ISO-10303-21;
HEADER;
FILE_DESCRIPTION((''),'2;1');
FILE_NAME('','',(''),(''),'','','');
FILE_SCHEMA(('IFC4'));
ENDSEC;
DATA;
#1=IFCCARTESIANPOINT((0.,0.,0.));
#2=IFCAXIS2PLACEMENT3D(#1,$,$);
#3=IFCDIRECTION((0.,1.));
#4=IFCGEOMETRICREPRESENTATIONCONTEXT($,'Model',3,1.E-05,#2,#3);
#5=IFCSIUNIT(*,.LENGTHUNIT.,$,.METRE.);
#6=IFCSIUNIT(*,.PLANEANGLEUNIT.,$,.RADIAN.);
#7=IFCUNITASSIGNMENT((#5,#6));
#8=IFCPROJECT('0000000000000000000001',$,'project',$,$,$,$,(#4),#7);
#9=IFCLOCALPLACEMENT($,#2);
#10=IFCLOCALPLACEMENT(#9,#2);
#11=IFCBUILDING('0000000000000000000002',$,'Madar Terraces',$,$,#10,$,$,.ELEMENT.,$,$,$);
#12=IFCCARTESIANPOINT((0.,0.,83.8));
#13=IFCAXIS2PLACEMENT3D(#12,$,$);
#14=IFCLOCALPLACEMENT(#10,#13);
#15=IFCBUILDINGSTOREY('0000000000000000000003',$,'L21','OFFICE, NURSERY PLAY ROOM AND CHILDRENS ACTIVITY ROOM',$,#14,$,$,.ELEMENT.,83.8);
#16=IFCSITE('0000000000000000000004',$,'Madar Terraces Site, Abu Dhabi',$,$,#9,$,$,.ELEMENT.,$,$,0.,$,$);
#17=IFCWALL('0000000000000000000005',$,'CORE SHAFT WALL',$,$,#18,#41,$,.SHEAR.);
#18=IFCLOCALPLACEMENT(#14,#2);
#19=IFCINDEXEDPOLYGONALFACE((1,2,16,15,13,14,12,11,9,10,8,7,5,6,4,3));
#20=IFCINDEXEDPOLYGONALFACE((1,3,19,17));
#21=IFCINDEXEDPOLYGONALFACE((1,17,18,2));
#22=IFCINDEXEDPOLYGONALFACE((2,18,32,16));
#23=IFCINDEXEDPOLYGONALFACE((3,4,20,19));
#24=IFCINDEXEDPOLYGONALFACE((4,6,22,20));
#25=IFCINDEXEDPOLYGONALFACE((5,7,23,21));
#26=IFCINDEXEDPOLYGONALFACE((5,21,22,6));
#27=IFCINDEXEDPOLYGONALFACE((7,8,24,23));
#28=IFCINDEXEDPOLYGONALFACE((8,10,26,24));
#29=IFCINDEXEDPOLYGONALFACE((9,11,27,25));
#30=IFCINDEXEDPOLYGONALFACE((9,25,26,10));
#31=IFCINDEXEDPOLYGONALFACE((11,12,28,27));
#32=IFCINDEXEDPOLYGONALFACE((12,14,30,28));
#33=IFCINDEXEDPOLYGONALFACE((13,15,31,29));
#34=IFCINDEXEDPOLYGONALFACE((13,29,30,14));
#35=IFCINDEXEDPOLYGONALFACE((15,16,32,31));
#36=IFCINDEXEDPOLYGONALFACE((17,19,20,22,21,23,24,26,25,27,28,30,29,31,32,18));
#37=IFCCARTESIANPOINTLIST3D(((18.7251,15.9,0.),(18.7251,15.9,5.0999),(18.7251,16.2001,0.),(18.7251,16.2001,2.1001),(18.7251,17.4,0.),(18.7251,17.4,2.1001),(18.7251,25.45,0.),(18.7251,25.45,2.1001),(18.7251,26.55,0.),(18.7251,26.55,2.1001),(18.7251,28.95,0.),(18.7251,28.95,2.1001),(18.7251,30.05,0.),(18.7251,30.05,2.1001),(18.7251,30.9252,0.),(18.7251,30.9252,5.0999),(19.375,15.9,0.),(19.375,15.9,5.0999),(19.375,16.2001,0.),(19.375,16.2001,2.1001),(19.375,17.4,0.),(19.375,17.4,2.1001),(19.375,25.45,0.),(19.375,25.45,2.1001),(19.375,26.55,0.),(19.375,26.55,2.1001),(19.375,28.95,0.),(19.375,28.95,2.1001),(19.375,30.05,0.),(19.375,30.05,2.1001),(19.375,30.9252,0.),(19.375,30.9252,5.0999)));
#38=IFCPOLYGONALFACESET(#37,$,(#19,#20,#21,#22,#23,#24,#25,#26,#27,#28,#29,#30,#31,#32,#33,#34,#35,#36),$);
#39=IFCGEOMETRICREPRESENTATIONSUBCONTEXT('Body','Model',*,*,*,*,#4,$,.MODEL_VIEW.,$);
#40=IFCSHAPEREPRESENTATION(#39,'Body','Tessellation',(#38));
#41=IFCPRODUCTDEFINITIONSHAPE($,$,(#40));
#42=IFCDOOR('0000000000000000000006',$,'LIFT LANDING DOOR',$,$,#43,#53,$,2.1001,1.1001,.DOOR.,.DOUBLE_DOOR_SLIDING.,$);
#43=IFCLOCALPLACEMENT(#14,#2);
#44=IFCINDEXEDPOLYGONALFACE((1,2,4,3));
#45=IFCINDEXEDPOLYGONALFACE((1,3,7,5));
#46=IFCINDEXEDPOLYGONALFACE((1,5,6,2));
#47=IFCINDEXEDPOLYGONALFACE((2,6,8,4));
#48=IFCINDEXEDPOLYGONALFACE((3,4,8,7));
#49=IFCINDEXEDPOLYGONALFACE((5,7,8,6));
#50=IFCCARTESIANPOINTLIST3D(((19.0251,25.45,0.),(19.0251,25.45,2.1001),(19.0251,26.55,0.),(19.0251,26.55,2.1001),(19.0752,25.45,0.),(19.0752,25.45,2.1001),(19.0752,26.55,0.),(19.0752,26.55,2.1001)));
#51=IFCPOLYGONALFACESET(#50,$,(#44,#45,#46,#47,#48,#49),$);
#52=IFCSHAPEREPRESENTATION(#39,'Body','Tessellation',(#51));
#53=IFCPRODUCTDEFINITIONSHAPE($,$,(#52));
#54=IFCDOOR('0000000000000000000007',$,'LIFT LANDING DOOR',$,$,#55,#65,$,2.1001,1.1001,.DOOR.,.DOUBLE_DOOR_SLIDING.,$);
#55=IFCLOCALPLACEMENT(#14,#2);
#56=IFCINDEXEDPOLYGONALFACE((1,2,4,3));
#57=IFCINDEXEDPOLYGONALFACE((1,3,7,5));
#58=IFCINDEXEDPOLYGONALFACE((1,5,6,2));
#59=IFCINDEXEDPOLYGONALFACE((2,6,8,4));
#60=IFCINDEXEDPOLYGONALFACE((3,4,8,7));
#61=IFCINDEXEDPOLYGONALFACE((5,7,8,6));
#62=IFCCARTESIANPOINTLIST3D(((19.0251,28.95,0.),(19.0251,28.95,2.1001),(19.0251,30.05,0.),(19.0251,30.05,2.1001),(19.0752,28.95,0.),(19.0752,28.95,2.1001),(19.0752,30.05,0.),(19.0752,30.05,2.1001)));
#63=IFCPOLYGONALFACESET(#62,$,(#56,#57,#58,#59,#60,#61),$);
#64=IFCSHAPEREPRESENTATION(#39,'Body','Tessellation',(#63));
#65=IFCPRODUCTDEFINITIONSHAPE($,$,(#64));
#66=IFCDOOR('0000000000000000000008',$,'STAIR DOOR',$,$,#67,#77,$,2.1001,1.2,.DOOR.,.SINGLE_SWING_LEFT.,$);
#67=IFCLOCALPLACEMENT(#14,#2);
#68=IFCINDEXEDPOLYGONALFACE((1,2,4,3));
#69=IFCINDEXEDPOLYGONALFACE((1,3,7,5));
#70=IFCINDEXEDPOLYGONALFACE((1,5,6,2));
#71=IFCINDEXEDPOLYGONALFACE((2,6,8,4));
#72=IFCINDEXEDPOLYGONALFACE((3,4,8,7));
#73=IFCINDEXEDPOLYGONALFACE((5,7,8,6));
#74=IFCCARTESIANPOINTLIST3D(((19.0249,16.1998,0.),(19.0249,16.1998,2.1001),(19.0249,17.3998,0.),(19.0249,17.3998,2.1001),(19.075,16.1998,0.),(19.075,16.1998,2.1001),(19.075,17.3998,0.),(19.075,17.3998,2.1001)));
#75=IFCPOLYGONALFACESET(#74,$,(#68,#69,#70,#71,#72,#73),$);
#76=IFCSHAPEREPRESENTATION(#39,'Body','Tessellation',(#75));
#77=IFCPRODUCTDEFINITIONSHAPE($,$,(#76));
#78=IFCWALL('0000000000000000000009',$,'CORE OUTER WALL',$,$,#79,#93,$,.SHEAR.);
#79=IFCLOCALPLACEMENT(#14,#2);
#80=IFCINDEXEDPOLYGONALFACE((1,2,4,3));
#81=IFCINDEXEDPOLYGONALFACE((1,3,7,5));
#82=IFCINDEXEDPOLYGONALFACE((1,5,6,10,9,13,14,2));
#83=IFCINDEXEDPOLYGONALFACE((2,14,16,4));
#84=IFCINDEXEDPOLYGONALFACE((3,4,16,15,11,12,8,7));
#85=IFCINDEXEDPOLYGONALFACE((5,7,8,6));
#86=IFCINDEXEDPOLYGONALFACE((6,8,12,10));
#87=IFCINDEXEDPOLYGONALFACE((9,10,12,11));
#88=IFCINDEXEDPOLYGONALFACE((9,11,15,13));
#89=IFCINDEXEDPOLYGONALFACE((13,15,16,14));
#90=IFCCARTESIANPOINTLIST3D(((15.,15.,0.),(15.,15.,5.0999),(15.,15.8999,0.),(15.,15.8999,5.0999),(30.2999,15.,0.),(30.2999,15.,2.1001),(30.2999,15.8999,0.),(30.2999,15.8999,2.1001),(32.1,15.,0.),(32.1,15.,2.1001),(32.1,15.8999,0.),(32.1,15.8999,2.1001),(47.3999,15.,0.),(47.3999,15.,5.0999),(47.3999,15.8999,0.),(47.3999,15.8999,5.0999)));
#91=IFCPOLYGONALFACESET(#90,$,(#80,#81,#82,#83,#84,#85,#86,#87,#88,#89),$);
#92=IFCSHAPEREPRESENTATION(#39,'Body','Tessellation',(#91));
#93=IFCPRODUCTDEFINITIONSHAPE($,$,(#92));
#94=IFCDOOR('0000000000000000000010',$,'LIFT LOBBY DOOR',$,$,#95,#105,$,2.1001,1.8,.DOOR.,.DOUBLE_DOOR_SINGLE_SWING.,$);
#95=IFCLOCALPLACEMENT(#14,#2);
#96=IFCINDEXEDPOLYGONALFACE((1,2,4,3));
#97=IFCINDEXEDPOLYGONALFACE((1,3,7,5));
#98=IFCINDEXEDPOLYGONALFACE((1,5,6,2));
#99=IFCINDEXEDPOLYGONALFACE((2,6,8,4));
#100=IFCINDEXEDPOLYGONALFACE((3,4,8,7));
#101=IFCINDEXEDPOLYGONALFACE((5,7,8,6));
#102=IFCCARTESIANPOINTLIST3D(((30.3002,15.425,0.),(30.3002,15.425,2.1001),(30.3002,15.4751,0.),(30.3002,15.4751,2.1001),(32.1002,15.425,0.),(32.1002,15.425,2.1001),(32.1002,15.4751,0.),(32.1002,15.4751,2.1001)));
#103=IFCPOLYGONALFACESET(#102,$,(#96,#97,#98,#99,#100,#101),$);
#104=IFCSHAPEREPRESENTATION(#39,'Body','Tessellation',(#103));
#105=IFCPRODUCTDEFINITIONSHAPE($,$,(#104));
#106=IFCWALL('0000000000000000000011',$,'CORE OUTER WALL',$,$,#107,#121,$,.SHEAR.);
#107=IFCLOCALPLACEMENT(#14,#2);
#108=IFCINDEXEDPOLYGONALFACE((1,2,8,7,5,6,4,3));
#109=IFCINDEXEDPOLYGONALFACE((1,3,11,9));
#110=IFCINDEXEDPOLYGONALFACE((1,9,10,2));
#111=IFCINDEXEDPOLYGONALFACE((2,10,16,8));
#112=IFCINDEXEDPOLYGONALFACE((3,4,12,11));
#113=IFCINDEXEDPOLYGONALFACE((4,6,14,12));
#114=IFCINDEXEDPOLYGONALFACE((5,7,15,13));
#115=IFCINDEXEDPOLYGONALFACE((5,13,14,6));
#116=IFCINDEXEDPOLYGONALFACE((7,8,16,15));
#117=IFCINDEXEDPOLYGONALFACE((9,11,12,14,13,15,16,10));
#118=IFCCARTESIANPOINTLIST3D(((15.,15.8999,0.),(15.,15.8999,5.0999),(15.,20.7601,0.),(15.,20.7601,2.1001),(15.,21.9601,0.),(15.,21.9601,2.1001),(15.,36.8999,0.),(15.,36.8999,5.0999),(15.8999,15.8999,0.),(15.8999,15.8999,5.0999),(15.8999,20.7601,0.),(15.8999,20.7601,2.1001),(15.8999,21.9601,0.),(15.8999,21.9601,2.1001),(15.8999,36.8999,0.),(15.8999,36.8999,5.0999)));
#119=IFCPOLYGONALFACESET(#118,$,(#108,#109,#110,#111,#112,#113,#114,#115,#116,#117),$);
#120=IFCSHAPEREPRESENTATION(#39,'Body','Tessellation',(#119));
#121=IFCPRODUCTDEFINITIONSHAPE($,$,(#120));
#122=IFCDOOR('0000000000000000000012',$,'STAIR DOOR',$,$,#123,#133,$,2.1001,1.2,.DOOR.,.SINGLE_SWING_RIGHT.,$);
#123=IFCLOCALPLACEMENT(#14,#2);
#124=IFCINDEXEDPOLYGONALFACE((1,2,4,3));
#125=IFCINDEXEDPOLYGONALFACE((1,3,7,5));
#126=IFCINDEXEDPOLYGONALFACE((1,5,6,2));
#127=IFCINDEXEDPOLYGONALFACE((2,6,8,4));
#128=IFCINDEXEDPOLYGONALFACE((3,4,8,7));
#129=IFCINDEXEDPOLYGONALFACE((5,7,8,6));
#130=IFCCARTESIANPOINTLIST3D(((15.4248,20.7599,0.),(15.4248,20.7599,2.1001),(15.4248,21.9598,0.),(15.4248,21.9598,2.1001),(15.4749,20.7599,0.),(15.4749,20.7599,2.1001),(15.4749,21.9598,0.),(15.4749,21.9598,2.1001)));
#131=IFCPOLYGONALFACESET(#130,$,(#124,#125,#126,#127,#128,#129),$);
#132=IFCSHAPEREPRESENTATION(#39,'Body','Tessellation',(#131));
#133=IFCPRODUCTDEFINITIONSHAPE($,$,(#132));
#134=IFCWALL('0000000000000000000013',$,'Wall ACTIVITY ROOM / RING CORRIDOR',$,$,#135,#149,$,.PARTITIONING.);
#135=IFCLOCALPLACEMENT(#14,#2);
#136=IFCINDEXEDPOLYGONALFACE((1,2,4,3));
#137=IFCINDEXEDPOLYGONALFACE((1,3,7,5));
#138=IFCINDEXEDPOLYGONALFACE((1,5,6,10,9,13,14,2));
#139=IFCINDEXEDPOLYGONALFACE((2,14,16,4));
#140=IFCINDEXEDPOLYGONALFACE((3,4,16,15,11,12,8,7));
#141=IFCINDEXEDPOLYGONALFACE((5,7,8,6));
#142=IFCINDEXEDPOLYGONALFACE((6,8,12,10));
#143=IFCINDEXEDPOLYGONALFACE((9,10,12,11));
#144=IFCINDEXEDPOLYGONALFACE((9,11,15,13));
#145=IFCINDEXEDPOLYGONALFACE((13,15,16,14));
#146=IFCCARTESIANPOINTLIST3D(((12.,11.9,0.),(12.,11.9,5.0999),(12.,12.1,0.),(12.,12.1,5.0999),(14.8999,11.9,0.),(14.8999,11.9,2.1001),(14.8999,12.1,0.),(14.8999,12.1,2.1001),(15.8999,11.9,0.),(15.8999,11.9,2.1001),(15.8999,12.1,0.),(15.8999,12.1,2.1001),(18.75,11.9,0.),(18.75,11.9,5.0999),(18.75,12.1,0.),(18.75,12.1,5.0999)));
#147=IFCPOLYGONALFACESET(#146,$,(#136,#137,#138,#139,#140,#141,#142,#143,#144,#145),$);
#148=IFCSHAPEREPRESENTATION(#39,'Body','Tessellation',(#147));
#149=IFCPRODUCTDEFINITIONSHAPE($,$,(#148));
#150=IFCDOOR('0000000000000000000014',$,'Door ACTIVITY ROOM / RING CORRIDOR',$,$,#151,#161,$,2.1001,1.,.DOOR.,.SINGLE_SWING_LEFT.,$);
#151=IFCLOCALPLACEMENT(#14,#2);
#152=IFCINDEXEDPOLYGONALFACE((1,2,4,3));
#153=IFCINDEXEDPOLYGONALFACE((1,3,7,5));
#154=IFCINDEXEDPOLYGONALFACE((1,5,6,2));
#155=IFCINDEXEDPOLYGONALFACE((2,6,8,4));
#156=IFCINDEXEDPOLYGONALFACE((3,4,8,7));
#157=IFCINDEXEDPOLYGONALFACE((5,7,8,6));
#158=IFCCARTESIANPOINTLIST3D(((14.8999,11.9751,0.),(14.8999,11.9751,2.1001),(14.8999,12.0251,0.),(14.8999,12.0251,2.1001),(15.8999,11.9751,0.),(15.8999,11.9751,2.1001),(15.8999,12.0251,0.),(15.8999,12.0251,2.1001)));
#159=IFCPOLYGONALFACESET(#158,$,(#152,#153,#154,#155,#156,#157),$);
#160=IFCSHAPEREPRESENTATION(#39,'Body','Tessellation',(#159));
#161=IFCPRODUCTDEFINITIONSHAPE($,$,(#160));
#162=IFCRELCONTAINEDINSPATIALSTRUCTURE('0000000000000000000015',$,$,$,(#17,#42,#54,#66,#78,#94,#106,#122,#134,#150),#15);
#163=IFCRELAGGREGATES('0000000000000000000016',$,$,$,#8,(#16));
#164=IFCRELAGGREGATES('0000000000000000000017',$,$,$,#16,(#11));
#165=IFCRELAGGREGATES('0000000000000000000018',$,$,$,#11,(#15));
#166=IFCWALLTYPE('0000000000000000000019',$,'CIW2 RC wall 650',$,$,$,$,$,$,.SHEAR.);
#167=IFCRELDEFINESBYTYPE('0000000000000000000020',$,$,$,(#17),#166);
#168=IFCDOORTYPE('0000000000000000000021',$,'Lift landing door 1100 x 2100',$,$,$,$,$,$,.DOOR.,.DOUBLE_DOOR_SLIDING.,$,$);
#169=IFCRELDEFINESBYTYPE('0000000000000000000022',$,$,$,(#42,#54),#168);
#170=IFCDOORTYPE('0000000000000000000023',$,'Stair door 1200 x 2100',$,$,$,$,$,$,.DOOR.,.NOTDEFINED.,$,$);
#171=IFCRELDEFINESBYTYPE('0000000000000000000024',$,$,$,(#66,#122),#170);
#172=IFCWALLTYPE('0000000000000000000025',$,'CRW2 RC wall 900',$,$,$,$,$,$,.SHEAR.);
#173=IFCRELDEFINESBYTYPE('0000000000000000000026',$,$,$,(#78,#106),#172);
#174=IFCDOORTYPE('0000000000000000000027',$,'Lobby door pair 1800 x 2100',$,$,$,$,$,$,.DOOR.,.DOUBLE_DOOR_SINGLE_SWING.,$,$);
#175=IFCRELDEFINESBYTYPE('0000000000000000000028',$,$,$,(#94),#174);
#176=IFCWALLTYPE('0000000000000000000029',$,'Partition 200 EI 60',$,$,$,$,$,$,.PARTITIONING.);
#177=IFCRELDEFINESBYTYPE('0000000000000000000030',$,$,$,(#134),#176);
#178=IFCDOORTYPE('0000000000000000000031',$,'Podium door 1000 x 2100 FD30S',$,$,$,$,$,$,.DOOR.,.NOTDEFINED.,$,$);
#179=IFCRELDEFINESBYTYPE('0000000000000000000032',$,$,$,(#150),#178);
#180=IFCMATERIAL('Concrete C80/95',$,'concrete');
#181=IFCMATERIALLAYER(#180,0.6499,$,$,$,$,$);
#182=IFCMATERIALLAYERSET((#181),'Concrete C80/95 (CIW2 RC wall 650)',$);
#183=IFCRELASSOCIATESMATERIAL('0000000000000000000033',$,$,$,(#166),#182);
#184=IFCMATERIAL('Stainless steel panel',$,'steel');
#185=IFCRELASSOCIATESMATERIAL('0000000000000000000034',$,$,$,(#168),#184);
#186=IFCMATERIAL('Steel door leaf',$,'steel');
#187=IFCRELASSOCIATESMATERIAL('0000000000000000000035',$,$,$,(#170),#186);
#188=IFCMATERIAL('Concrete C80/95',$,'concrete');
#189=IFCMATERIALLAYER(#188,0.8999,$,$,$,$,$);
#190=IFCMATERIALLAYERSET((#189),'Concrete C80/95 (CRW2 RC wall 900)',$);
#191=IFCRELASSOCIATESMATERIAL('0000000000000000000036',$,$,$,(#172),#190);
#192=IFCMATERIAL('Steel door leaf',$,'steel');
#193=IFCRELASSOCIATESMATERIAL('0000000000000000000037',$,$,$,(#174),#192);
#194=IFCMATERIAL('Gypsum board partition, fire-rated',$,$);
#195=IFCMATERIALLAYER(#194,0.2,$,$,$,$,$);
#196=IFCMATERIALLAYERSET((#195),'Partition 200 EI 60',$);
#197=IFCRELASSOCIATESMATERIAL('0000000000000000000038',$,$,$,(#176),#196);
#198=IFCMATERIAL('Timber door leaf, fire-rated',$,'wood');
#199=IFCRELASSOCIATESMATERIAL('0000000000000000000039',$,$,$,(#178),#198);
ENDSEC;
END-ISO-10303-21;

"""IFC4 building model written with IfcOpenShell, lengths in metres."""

from ifc_helpers import new_model, si_unit, direction, frame, frame_2d, origin, place, context, subcontext, project, spatial, rectangle, extrude, material, layer, layer_set, type_object, element, fill, save


model = new_model("IFC4")

# Units and contexts
model_context = context("Model", 3, precision=1e-05, world=origin(), true_north=direction((0.0, 1.0)))
body_context = subcontext(model_context, "Body", "Model", "MODEL_VIEW")
ifc_project = project(units=[si_unit("LENGTHUNIT", "METRE"), si_unit("PLANEANGLEUNIT", "RADIAN")], contexts=[model_context])

# Site, building, storey
site_placement = place(None, origin())
site = spatial("IfcSite", under=ifc_project, at=site_placement, Name="Madar Terraces Site, Abu Dhabi", CompositionType="ELEMENT", RefElevation=0.0)
building_placement = place(site_placement, origin())
building = spatial("IfcBuilding", under=site, at=building_placement, Name="Madar Terraces", CompositionType="ELEMENT")
storey_placement = place(building_placement, frame((0.0, 0.0, 83.8)))
storey = spatial("IfcBuildingStorey", under=building, at=storey_placement, Name="L21", Description="OFFICE, NURSERY PLAY ROOM AND CHILDRENS ACTIVITY ROOM", CompositionType="ELEMENT", Elevation=83.8)

# Wall, openings, doors
ifc_material_1 = material(Name="Concrete C80/95", Category="concrete")
ifc_layer_1 = layer(ifc_material_1, 0.6499)
ifc_layer_set_1 = layer_set([ifc_layer_1], Name="Concrete C80/95 (CIW2 RC wall 650)")
wall_type_1 = type_object("IfcWallType", Name="CIW2 RC wall 650", PredefinedType="SHEAR", material=ifc_layer_set_1)
wall_1_placement = place(storey_placement, frame((19.05, 15.8999, 0.0), z_axis=(0.0, 0.0, 1.0), x_axis=(0.0, 1.0, 0.0)))
wall_1 = element("IfcWall", 1, at=wall_1_placement, inside=storey, type_object=wall_type_1, Name="CORE SHAFT WALL", PredefinedType="SHEAR", context=body_context, shape_type="SweptSolid", body=[
    extrude(rectangle(XDim=15.0251, YDim=0.6499, at=frame_2d((7.5127, 0.0))), origin(), (0.0, 0.0, 1.0), 5.0999),
])
opening_1_placement = place(wall_1_placement, frame((9.55, 0.0, 0.0)))
opening_1 = element("IfcOpeningElement", 2, at=opening_1_placement, cuts=wall_1, PredefinedType="OPENING", context=body_context, shape_type="SweptSolid", body=[
    extrude(rectangle(XDim=1.1001, YDim=2.1001, at=frame_2d((0.55, 1.05))), frame((0.0, 0.335, 0.0), z_axis=(0.0, -1.0, 0.0), x_axis=(1.0, 0.0, 0.0)), (0.0, 0.0, 1.0), 0.6699),
])
opening_2_placement = place(wall_1_placement, frame((13.05, 0.0, 0.0)))
opening_2 = element("IfcOpeningElement", 3, at=opening_2_placement, cuts=wall_1, PredefinedType="OPENING", context=body_context, shape_type="SweptSolid", body=[
    extrude(rectangle(XDim=1.1001, YDim=2.1001, at=frame_2d((0.55, 1.05))), frame((0.0, 0.335, 0.0), z_axis=(0.0, -1.0, 0.0), x_axis=(1.0, 0.0, 0.0)), (0.0, 0.0, 1.0), 0.6699),
])
opening_3_placement = place(wall_1_placement, frame((0.3, 0.0, 0.0)))
opening_3 = element("IfcOpeningElement", 4, at=opening_3_placement, cuts=wall_1, PredefinedType="OPENING", context=body_context, shape_type="SweptSolid", body=[
    extrude(rectangle(XDim=1.2, YDim=2.1001, at=frame_2d((0.6001, 1.05))), frame((0.0, 0.335, 0.0), z_axis=(0.0, -1.0, 0.0), x_axis=(1.0, 0.0, 0.0)), (0.0, 0.0, 1.0), 0.6699),
])
ifc_material_2 = material(Name="Stainless steel panel", Category="steel")
door_type_1 = type_object("IfcDoorType", Name="Lift landing door 1100 x 2100", OperationType="DOUBLE_DOOR_SLIDING", PredefinedType="DOOR", material=ifc_material_2)
door_1_placement = place(opening_1_placement, origin())
door_1 = element("IfcDoor", 5, at=door_1_placement, inside=storey, type_object=door_type_1, Name="LIFT LANDING DOOR", OperationType="DOUBLE_DOOR_SLIDING", OverallHeight=2.1001, OverallWidth=1.1001, PredefinedType="DOOR", context=body_context, shape_type="SweptSolid", body=[
    extrude(rectangle(XDim=1.1001, YDim=2.1001, at=frame_2d((0.55, 1.05))), frame((0.0, 0.0249, 0.0), z_axis=(0.0, -1.0, 0.0), x_axis=(1.0, 0.0, 0.0)), (0.0, 0.0, 1.0), 0.05),
])
fill(opening_1, door_1)
door_2_placement = place(opening_2_placement, origin())
door_2 = element("IfcDoor", 6, at=door_2_placement, inside=storey, type_object=door_type_1, Name="LIFT LANDING DOOR", OperationType="DOUBLE_DOOR_SLIDING", OverallHeight=2.1001, OverallWidth=1.1001, PredefinedType="DOOR", context=body_context, shape_type="SweptSolid", body=[
    extrude(rectangle(XDim=1.1001, YDim=2.1001, at=frame_2d((0.55, 1.05))), frame((0.0, 0.0249, 0.0), z_axis=(0.0, -1.0, 0.0), x_axis=(1.0, 0.0, 0.0)), (0.0, 0.0, 1.0), 0.05),
])
fill(opening_2, door_2)
ifc_material_3 = material(Name="Steel door leaf", Category="steel")
door_type_2 = type_object("IfcDoorType", Name="Stair door 1200 x 2100", OperationType="NOTDEFINED", PredefinedType="DOOR", material=ifc_material_3)
door_3_placement = place(opening_3_placement, frame((1.2, 0.0, 0.0), z_axis=(0.0, 0.0, 1.0), x_axis=(-1.0, 0.0, 0.0)))
door_3 = element("IfcDoor", 7, at=door_3_placement, inside=storey, type_object=door_type_2, Name="STAIR DOOR", OperationType="SINGLE_SWING_LEFT", OverallHeight=2.1001, OverallWidth=1.2, PredefinedType="DOOR", context=body_context, shape_type="SweptSolid", body=[
    extrude(rectangle(XDim=1.2, YDim=2.1001, at=frame_2d((0.6001, 1.05))), frame((0.0, 0.0249, 0.0), z_axis=(0.0, -1.0, 0.0), x_axis=(1.0, 0.0, 0.0)), (0.0, 0.0, 1.0), 0.05),
])
fill(opening_3, door_3)

# Walls, openings, doors
ifc_material_4 = material(Name="Concrete C80/95", Category="concrete")
ifc_layer_2 = layer(ifc_material_4, 0.8999)
ifc_layer_set_2 = layer_set([ifc_layer_2], Name="Concrete C80/95 (CRW2 RC wall 900)")
wall_type_2 = type_object("IfcWallType", Name="CRW2 RC wall 900", PredefinedType="SHEAR", material=ifc_layer_set_2)
wall_2_placement = place(storey_placement, frame((15.0, 15.45, 0.0), z_axis=(0.0, 0.0, 1.0), x_axis=(1.0, 0.0, 0.0)))
wall_2 = element("IfcWall", 8, at=wall_2_placement, inside=storey, type_object=wall_type_2, Name="CORE OUTER WALL", PredefinedType="SHEAR", context=body_context, shape_type="SweptSolid", body=[
    extrude(rectangle(XDim=32.3999, YDim=0.8999, at=frame_2d((16.2, 0.0))), origin(), (0.0, 0.0, 1.0), 5.0999),
])
opening_4_placement = place(wall_2_placement, frame((15.3, 0.0, 0.0)))
opening_4 = element("IfcOpeningElement", 9, at=opening_4_placement, cuts=wall_2, PredefinedType="OPENING", context=body_context, shape_type="SweptSolid", body=[
    extrude(rectangle(XDim=1.8, YDim=2.1001, at=frame_2d((0.8999, 1.05))), frame((0.0, 0.46, 0.0), z_axis=(0.0, -1.0, 0.0), x_axis=(1.0, 0.0, 0.0)), (0.0, 0.0, 1.0), 0.9199),
])
ifc_material_5 = material(Name="Steel door leaf", Category="steel")
door_type_3 = type_object("IfcDoorType", Name="Lobby door pair 1800 x 2100", OperationType="DOUBLE_DOOR_SINGLE_SWING", PredefinedType="DOOR", material=ifc_material_5)
door_4_placement = place(opening_4_placement, frame((1.8, 0.0, 0.0), z_axis=(0.0, 0.0, 1.0), x_axis=(-1.0, 0.0, 0.0)))
door_4 = element("IfcDoor", 10, at=door_4_placement, inside=storey, type_object=door_type_3, Name="LIFT LOBBY DOOR", OperationType="DOUBLE_DOOR_SINGLE_SWING", OverallHeight=2.1001, OverallWidth=1.8, PredefinedType="DOOR", context=body_context, shape_type="SweptSolid", body=[
    extrude(rectangle(XDim=1.8, YDim=2.1001, at=frame_2d((0.8999, 1.05))), frame((0.0, 0.0249, 0.0), z_axis=(0.0, -1.0, 0.0), x_axis=(1.0, 0.0, 0.0)), (0.0, 0.0, 1.0), 0.05),
])
fill(opening_4, door_4)
wall_3_placement = place(storey_placement, frame((15.45, 15.8999, 0.0), z_axis=(0.0, 0.0, 1.0), x_axis=(0.0, 1.0, 0.0)))
wall_3 = element("IfcWall", 11, at=wall_3_placement, inside=storey, type_object=wall_type_2, Name="CORE OUTER WALL", PredefinedType="SHEAR", context=body_context, shape_type="SweptSolid", body=[
    extrude(rectangle(XDim=21.0, YDim=0.8999, at=frame_2d((10.5, 0.0))), origin(), (0.0, 0.0, 1.0), 5.0999),
])
opening_5_placement = place(wall_3_placement, frame((4.8601, 0.0, 0.0)))
opening_5 = element("IfcOpeningElement", 12, at=opening_5_placement, cuts=wall_3, PredefinedType="OPENING", context=body_context, shape_type="SweptSolid", body=[
    extrude(rectangle(XDim=1.2, YDim=2.1001, at=frame_2d((0.6001, 1.05))), frame((0.0, 0.46, 0.0), z_axis=(0.0, -1.0, 0.0), x_axis=(1.0, 0.0, 0.0)), (0.0, 0.0, 1.0), 0.9199),
])
door_5_placement = place(opening_5_placement, frame((1.2, 0.0, 0.0), z_axis=(0.0, 0.0, 1.0), x_axis=(-1.0, 0.0, 0.0)))
door_5 = element("IfcDoor", 13, at=door_5_placement, inside=storey, type_object=door_type_2, Name="STAIR DOOR", OperationType="SINGLE_SWING_RIGHT", OverallHeight=2.1001, OverallWidth=1.2, PredefinedType="DOOR", context=body_context, shape_type="SweptSolid", body=[
    extrude(rectangle(XDim=1.2, YDim=2.1001, at=frame_2d((0.6001, 1.05))), frame((0.0, 0.0249, 0.0), z_axis=(0.0, -1.0, 0.0), x_axis=(1.0, 0.0, 0.0)), (0.0, 0.0, 1.0), 0.05),
])
fill(opening_5, door_5)
ifc_material_6 = material(Name="Gypsum board partition, fire-rated")
ifc_layer_3 = layer(ifc_material_6, 0.2)
ifc_layer_set_3 = layer_set([ifc_layer_3], Name="Partition 200 EI 60")
wall_type_3 = type_object("IfcWallType", Name="Partition 200 EI 60", PredefinedType="PARTITIONING", material=ifc_layer_set_3)
wall_4_placement = place(storey_placement, frame((18.75, 12.0, 0.0), z_axis=(0.0, 0.0, 1.0), x_axis=(-1.0, 0.0, 0.0)))
wall_4 = element("IfcWall", 14, at=wall_4_placement, inside=storey, type_object=wall_type_3, Name="Wall ACTIVITY ROOM / RING CORRIDOR", PredefinedType="PARTITIONING", context=body_context, shape_type="SweptSolid", body=[
    extrude(rectangle(XDim=6.75, YDim=0.2, at=frame_2d((3.375, 0.0))), origin(), (0.0, 0.0, 1.0), 5.0999),
])
opening_6_placement = place(wall_4_placement, frame((2.8501, 0.0, 0.0)))
opening_6 = element("IfcOpeningElement", 15, at=opening_6_placement, cuts=wall_4, PredefinedType="OPENING", context=body_context, shape_type="SweptSolid", body=[
    extrude(rectangle(XDim=1.0, YDim=2.1001, at=frame_2d((0.5, 1.05))), frame((0.0, 0.1099, 0.0), z_axis=(0.0, -1.0, 0.0), x_axis=(1.0, 0.0, 0.0)), (0.0, 0.0, 1.0), 0.22),
])
ifc_material_7 = material(Name="Timber door leaf, fire-rated", Category="wood")
door_type_4 = type_object("IfcDoorType", Name="Podium door 1000 x 2100 FD30S", OperationType="NOTDEFINED", PredefinedType="DOOR", material=ifc_material_7)
door_6_placement = place(opening_6_placement, origin())
door_6 = element("IfcDoor", 16, at=door_6_placement, inside=storey, type_object=door_type_4, Name="Door ACTIVITY ROOM / RING CORRIDOR", OperationType="SINGLE_SWING_LEFT", OverallHeight=2.1001, OverallWidth=1.0, PredefinedType="DOOR", context=body_context, shape_type="SweptSolid", body=[
    extrude(rectangle(XDim=1.0, YDim=2.1001, at=frame_2d((0.5, 1.05))), frame((0.0, 0.0249, 0.0), z_axis=(0.0, -1.0, 0.0), x_axis=(1.0, 0.0, 0.0)), (0.0, 0.0, 1.0), 0.05),
])
fill(opening_6, door_6)

save(model, "model.ifc")
